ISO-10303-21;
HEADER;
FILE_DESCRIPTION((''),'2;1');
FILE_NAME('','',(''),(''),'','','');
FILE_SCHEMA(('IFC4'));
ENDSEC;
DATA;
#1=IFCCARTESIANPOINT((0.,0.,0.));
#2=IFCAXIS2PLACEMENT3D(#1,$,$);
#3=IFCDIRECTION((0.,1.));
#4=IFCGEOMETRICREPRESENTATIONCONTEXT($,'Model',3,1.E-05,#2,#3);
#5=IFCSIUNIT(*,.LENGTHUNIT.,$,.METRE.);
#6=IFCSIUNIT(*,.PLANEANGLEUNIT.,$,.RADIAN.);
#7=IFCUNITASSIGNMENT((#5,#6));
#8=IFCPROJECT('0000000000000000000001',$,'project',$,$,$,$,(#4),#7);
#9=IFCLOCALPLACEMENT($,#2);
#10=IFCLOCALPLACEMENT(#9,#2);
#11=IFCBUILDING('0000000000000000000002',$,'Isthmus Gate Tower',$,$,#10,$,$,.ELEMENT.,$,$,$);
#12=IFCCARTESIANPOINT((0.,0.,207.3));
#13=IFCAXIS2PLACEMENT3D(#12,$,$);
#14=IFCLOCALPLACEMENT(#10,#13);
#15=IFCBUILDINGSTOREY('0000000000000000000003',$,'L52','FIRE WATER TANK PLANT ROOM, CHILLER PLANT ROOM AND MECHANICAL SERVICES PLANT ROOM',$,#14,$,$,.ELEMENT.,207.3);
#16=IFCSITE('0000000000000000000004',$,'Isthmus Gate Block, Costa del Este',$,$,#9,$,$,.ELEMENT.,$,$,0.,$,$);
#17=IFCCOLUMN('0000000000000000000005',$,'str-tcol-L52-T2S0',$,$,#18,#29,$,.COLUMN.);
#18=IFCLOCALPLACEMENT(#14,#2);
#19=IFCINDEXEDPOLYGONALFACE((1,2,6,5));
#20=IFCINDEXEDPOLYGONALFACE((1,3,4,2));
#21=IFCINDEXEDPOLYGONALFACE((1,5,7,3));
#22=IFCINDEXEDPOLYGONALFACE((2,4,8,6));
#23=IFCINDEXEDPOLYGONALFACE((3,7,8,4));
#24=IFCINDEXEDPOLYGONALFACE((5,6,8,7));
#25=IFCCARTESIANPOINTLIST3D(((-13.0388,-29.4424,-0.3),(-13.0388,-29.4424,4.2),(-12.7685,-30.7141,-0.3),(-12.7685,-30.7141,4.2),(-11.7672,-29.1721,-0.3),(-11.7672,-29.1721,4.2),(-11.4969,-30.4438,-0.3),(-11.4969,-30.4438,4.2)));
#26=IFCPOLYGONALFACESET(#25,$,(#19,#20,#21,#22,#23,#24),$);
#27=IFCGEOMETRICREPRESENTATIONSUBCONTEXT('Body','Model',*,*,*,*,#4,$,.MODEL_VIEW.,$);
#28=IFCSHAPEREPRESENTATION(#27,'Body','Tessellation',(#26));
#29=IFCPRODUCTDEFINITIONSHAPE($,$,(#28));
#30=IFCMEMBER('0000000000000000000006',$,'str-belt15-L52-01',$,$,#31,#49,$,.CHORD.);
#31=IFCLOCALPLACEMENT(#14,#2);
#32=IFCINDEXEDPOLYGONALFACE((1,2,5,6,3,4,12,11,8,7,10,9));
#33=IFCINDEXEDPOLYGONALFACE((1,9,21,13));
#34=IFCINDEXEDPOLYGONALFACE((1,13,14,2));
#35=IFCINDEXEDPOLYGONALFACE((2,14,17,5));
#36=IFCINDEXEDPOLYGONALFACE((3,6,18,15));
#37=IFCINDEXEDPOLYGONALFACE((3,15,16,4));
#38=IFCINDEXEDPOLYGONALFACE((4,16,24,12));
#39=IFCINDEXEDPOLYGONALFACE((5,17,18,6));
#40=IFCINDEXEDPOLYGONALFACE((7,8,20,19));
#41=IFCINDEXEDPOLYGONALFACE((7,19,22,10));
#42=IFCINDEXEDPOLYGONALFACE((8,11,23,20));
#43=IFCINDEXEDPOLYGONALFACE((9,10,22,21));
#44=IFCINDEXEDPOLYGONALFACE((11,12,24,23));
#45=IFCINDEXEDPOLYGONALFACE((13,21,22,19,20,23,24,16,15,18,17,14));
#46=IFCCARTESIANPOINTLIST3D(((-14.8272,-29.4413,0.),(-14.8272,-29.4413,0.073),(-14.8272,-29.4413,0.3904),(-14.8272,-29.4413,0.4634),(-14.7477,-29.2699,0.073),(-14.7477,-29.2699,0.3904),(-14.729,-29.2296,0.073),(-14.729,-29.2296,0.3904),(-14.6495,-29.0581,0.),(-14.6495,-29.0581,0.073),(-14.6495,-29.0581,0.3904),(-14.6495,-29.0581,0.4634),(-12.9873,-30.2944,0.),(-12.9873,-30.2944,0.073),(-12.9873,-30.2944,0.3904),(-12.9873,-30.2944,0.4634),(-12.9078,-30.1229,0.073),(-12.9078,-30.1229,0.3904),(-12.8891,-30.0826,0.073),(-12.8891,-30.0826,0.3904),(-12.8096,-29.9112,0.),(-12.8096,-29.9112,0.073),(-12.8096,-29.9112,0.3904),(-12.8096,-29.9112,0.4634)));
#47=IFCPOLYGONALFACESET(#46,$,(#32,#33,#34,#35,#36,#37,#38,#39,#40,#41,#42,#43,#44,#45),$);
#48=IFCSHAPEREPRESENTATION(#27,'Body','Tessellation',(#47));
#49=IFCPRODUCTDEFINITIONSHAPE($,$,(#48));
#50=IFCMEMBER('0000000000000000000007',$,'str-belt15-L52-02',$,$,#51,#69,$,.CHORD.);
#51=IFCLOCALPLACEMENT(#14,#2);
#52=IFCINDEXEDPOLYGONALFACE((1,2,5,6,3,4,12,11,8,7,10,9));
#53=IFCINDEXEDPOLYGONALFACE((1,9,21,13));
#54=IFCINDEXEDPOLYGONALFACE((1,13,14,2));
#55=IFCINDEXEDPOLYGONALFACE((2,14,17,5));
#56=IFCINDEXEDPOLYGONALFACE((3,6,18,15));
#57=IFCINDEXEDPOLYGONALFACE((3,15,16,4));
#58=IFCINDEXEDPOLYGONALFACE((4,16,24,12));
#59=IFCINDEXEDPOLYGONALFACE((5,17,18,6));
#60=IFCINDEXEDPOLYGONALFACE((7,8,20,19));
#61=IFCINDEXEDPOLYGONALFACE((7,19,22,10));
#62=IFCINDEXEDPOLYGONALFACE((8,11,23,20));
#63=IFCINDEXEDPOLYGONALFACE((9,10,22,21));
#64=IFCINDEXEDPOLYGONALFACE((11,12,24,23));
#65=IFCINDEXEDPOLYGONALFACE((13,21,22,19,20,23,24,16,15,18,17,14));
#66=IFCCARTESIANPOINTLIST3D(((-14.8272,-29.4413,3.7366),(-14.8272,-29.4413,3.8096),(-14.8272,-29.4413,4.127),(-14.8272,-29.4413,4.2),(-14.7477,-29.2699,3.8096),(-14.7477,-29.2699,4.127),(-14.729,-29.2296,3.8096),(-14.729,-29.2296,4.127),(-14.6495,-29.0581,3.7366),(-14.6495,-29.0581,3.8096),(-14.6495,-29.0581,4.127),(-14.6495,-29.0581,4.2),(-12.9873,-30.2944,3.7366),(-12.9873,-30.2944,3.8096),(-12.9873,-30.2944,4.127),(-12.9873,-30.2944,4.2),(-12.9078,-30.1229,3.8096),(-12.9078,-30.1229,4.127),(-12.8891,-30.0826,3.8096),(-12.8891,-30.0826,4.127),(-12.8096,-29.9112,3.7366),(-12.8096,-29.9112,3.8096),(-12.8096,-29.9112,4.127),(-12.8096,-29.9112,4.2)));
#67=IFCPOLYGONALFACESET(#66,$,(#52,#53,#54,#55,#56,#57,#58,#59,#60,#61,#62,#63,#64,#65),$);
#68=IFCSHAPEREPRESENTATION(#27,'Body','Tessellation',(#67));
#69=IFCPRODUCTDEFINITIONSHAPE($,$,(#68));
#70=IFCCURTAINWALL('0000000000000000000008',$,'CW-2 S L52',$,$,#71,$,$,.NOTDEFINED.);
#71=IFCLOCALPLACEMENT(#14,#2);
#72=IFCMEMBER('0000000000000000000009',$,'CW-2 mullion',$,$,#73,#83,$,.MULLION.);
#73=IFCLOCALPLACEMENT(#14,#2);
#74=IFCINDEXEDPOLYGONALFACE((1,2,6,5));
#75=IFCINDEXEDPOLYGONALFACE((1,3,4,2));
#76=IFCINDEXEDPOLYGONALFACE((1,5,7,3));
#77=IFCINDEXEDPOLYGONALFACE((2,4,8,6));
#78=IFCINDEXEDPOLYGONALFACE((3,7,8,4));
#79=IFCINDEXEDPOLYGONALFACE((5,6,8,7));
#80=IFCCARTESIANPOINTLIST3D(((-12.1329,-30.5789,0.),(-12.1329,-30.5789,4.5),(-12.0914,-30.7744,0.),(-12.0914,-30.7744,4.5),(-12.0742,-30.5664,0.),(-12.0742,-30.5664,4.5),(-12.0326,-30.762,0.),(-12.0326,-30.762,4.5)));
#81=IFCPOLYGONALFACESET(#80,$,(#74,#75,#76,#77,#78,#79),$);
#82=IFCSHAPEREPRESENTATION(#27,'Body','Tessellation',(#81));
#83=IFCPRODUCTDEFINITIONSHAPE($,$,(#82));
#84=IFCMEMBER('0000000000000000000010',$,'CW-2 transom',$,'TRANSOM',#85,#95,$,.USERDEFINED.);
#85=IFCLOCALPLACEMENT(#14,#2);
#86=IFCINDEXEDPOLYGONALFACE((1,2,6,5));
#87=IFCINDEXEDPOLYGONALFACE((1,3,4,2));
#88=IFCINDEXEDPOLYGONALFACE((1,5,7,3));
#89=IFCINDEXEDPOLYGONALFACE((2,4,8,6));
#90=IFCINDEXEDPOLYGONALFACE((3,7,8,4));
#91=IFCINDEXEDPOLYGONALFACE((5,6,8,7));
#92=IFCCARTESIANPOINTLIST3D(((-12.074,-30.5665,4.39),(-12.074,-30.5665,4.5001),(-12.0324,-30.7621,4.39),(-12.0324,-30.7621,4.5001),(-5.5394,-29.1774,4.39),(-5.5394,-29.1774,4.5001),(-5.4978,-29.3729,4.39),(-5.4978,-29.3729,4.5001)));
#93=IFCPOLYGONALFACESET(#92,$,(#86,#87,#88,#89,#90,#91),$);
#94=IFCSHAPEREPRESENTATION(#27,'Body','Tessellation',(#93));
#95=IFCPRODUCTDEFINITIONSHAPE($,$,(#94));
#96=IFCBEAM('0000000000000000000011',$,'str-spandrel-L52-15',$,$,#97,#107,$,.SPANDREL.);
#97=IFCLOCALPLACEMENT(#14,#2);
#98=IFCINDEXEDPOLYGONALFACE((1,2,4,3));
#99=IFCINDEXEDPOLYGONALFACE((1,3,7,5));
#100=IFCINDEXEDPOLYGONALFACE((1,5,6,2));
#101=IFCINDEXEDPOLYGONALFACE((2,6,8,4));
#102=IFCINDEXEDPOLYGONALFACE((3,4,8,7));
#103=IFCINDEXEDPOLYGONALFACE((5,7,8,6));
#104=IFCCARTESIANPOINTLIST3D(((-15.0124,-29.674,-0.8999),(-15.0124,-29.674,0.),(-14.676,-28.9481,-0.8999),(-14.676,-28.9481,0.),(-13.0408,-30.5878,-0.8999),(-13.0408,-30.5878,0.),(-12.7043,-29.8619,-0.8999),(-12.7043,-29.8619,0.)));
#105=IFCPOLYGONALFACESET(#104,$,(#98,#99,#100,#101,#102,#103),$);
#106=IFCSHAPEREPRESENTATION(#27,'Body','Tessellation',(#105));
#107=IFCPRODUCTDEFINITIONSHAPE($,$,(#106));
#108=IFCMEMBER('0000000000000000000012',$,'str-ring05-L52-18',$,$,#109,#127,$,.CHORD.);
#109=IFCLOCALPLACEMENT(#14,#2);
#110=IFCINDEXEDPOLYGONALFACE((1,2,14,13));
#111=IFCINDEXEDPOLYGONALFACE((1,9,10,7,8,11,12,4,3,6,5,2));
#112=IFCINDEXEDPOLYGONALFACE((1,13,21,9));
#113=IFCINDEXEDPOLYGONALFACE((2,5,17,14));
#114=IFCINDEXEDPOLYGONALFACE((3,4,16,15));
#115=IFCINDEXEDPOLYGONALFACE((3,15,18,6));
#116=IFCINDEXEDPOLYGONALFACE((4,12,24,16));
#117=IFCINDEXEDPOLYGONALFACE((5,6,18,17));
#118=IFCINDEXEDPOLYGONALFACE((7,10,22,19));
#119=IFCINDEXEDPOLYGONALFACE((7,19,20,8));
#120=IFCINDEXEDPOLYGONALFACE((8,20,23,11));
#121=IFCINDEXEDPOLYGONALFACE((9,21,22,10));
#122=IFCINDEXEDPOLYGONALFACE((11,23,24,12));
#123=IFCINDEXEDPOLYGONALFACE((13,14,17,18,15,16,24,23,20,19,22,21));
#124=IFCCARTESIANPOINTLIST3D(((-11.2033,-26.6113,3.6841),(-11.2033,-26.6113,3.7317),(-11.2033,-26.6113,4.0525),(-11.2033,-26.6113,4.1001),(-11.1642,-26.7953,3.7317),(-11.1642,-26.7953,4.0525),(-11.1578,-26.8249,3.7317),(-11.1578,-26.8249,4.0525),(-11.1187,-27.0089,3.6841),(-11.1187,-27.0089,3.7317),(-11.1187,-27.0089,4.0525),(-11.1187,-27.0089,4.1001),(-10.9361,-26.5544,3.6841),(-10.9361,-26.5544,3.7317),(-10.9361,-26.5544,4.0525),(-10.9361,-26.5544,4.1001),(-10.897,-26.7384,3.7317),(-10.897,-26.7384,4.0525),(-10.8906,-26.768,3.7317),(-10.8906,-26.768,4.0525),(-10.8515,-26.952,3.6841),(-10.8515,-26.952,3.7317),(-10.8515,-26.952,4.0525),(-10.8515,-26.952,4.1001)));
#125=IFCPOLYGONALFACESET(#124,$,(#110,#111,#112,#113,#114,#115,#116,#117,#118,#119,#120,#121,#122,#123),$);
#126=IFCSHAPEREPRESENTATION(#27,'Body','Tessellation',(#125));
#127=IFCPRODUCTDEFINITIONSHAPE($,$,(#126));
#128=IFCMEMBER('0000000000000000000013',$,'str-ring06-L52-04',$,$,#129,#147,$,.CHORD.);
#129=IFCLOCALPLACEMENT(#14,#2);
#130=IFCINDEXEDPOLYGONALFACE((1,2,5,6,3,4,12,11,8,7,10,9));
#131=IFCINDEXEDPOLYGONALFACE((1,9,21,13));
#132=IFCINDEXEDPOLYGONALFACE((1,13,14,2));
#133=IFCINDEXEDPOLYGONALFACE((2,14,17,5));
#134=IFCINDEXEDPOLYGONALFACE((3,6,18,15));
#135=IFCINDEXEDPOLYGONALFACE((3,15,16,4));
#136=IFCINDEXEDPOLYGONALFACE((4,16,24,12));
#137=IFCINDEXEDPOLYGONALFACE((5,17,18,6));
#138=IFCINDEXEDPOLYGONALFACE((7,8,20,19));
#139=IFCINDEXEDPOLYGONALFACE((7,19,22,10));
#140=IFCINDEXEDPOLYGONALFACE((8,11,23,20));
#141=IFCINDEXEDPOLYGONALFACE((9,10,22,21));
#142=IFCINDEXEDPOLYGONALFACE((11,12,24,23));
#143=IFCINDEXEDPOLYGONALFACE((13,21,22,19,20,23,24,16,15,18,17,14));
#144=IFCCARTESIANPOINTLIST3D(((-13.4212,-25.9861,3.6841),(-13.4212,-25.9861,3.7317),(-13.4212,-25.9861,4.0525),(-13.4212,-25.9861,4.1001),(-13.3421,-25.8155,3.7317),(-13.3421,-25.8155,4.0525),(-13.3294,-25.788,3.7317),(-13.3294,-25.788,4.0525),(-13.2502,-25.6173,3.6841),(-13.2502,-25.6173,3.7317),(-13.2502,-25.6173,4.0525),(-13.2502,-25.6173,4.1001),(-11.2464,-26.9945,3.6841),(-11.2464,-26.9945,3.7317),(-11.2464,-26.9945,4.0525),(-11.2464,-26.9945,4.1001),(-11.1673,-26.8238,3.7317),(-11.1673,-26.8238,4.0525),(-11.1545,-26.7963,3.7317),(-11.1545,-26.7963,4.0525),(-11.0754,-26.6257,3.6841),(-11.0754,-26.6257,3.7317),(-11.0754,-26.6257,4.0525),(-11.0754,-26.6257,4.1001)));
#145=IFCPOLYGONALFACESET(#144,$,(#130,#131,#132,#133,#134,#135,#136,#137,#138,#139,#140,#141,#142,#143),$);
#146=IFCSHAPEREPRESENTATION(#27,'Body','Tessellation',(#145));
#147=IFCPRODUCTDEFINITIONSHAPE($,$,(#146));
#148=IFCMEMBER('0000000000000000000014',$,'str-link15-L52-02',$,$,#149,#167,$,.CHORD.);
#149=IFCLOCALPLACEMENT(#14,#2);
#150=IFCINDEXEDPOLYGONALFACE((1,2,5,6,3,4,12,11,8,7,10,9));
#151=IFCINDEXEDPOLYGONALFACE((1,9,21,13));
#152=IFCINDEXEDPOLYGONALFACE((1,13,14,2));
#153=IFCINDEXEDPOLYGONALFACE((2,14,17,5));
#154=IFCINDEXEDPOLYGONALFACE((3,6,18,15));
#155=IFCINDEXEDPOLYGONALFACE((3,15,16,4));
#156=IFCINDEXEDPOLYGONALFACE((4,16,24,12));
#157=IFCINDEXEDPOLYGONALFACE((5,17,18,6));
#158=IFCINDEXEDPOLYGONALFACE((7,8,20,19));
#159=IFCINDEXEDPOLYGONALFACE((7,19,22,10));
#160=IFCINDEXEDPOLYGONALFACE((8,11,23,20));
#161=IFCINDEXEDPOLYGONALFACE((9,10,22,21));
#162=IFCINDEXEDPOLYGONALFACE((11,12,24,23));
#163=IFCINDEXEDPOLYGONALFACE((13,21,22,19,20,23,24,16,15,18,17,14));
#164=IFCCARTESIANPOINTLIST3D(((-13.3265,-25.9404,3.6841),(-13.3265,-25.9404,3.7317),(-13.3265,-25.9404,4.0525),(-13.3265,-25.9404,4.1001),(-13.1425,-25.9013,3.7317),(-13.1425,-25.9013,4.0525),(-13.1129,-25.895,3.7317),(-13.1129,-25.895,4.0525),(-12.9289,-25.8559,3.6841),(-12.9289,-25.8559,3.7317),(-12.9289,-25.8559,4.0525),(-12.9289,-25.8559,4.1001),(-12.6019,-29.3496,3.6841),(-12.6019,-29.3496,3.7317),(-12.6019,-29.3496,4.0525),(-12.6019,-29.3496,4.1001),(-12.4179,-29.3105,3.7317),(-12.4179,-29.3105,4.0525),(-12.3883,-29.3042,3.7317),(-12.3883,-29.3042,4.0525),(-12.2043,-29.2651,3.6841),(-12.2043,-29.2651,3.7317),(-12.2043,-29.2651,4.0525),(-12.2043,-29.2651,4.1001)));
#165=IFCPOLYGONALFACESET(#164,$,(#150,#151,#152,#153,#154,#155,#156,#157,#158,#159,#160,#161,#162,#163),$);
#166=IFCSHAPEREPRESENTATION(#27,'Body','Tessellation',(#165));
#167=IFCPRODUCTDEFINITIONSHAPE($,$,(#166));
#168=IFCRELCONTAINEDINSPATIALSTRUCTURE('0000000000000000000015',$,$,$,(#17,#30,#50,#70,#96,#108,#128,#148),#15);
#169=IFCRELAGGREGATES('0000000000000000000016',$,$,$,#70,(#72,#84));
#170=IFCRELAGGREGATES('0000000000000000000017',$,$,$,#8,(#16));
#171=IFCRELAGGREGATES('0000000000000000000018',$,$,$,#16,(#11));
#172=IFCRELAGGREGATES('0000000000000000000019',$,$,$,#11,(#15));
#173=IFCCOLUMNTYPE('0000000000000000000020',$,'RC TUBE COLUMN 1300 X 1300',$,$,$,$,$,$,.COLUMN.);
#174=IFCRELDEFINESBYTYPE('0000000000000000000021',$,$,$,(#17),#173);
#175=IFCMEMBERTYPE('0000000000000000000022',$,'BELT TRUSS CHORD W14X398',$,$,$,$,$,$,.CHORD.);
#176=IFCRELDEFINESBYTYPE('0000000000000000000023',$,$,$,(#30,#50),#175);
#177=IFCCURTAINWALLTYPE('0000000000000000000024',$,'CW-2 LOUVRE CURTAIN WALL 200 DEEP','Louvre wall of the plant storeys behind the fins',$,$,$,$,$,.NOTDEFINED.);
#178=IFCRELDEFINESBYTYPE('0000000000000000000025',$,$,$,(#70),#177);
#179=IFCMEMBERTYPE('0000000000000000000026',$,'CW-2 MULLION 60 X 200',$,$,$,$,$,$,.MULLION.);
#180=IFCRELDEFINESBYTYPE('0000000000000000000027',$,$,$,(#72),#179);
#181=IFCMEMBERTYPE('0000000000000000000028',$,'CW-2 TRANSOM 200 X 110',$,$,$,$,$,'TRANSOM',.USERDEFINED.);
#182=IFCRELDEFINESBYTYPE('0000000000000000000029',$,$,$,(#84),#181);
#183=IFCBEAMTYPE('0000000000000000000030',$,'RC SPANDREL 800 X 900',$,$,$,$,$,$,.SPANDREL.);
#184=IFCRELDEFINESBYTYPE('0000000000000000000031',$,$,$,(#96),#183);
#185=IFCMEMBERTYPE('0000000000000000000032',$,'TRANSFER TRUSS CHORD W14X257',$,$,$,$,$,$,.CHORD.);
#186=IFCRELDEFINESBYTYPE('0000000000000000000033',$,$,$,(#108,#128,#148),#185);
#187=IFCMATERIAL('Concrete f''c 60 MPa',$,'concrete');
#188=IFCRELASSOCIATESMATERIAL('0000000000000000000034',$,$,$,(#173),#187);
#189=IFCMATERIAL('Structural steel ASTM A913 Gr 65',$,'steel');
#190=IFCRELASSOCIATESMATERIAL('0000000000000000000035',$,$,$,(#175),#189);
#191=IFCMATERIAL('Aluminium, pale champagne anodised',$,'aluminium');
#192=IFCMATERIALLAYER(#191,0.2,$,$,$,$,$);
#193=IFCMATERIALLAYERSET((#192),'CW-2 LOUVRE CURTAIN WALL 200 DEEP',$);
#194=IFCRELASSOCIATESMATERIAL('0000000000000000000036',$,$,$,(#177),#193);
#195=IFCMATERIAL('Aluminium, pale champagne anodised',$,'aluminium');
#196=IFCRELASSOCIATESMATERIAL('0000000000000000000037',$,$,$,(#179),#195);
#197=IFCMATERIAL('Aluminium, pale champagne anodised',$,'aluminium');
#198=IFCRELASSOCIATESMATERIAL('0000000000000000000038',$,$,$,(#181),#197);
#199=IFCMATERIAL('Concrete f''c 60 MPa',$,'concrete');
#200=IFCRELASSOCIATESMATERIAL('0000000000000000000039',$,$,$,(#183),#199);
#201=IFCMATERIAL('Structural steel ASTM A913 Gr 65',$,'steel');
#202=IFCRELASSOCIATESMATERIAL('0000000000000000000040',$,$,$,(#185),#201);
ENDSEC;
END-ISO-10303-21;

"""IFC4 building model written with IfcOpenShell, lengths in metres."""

from ifc_helpers import new_model, si_unit, direction, frame, origin, origin_2d, place, context, subcontext, project, spatial, rectangle, i_section, extrude, material, layer, layer_set, material_profile, profile_set, type_object, element, aggregate, save


model = new_model("IFC4")

# Units and contexts
model_context = context("Model", 3, precision=1e-05, world=origin(), true_north=direction((0.0, 1.0)))
body_context = subcontext(model_context, "Body", "Model", "MODEL_VIEW")
ifc_project = project(units=[si_unit("LENGTHUNIT", "METRE"), si_unit("PLANEANGLEUNIT", "RADIAN")], contexts=[model_context])

# Site, building, storey
site_placement = place(None, origin())
site = spatial("IfcSite", under=ifc_project, at=site_placement, Name="Isthmus Gate Block, Costa del Este", CompositionType="ELEMENT", RefElevation=0.0)
building_placement = place(site_placement, origin())
building = spatial("IfcBuilding", under=site, at=building_placement, Name="Isthmus Gate Tower", CompositionType="ELEMENT")
storey_placement = place(building_placement, frame((0.0, 0.0, 207.3)))
storey = spatial("IfcBuildingStorey", under=building, at=storey_placement, Name="L52", Description="FIRE WATER TANK PLANT ROOM, CHILLER PLANT ROOM AND MECHANICAL SERVICES PLANT ROOM", CompositionType="ELEMENT", Elevation=207.3)

# Column
ifc_material_1 = material(Name="Concrete f'c 60 MPa", Category="concrete")
ifc_material_profile_1 = material_profile(ifc_material_1, rectangle(XDim=1.3, YDim=1.3, at=origin_2d()), Name="RC 1300X1300")
ifc_profile_set_1 = profile_set([ifc_material_profile_1], Name="Concrete f'c 60 MPa")
column_type = type_object("IfcColumnType", Name="RC TUBE COLUMN 1300 X 1300", PredefinedType="COLUMN", material=ifc_profile_set_1)
column_placement = place(storey_placement, frame((-12.2678, -29.9431, -0.3), z_axis=(0.0, 0.0, 1.0), x_axis=(0.978148, 0.207912, 0.0)))
element("IfcColumn", 1, at=column_placement, inside=storey, type_object=column_type, Name="str-tcol-L52-T2S0", PredefinedType="COLUMN", context=body_context, shape_type="SweptSolid", body=[
    extrude(rectangle(XDim=1.3, YDim=1.3, at=origin_2d()), origin(), (0.0, 0.0, 1.0), 4.5),
])

# Members
ifc_material_2 = material(Name="Structural steel ASTM A913 Gr 65", Category="steel")
ifc_material_profile_2 = material_profile(ifc_material_2, i_section(OverallWidth=0.4224, OverallDepth=0.4634, WebThickness=0.0444, FlangeThickness=0.073, at=origin_2d()), Name="W14X398")
ifc_profile_set_2 = profile_set([ifc_material_profile_2], Name="Structural steel ASTM A913 Gr 65")
member_type_1 = type_object("IfcMemberType", Name="BELT TRUSS CHORD W14X398", PredefinedType="CHORD", material=ifc_profile_set_2)
for number, where, z_axis, x_axis, name in (
    (2, (-12.8984, -30.1028, 0.2317), (-0.907232, 0.42063, 0.0), (-0.42063, -0.907232, 0.0), "str-belt15-L52-01"),
    (3, (-12.8984, -30.1028, 3.9683), (-0.907232, 0.42063, 0.0), (-0.42063, -0.907232, 0.0), "str-belt15-L52-02"),
):
    element("IfcMember", number, at=place(storey_placement, frame(where, z_axis=z_axis, x_axis=x_axis)), inside=storey, type_object=member_type_1, Name=name, PredefinedType="CHORD", context=body_context, shape_type="SweptSolid", body=[
        extrude(i_section(OverallWidth=0.4224, OverallDepth=0.4634, WebThickness=0.0444, FlangeThickness=0.073, at=origin_2d()), origin(), (0.0, 0.0, 1.0), 2.0281),
    ])

# Curtain wall, members
ifc_material_3 = material(Name="Aluminium, pale champagne anodised", Category="aluminium")
ifc_layer_1 = layer(ifc_material_3, 0.2)
ifc_layer_set_1 = layer_set([ifc_layer_1], Name="CW-2 LOUVRE CURTAIN WALL 200 DEEP")
curtain_wall_type = type_object("IfcCurtainWallType", Name="CW-2 LOUVRE CURTAIN WALL 200 DEEP", Description="Louvre wall of the plant storeys behind the fins", PredefinedType="NOTDEFINED", material=ifc_layer_set_1)
curtain_wall_placement = place(storey_placement, origin())
curtain_wall = element("IfcCurtainWall", 4, at=curtain_wall_placement, inside=storey, type_object=curtain_wall_type, Name="CW-2 S L52", PredefinedType="NOTDEFINED")
ifc_material_4 = material(Name="Aluminium, pale champagne anodised", Category="aluminium")
ifc_material_profile_3 = material_profile(ifc_material_4, rectangle(XDim=0.0601, YDim=0.2, at=origin_2d()), Name="60x200")
ifc_profile_set_3 = profile_set([ifc_material_profile_3], Name="Aluminium, pale champagne anodised")
member_type_2 = type_object("IfcMemberType", Name="CW-2 MULLION 60 X 200", PredefinedType="MULLION", material=ifc_profile_set_3)
member_1_placement = place(storey_placement, frame((-12.0828, -30.6704, 0.0), z_axis=(0.0, 0.0, 1.0), x_axis=(0.978148, 0.207912, 0.0)))
member_1 = element("IfcMember", 5, at=member_1_placement, type_object=member_type_2, Name="CW-2 mullion", PredefinedType="MULLION", context=body_context, shape_type="SweptSolid", body=[
    extrude(rectangle(XDim=0.0601, YDim=0.2, at=origin_2d()), origin(), (0.0, 0.0, 1.0), 4.5),
])
ifc_material_5 = material(Name="Aluminium, pale champagne anodised", Category="aluminium")
ifc_material_profile_4 = material_profile(ifc_material_5, rectangle(XDim=0.2, YDim=0.1101, at=origin_2d()), Name="200x110")
ifc_profile_set_4 = profile_set([ifc_material_profile_4], Name="Aluminium, pale champagne anodised")
member_type_3 = type_object("IfcMemberType", Name="CW-2 TRANSOM 200 X 110", ElementType="TRANSOM", PredefinedType="USERDEFINED", material=ifc_profile_set_4)
member_2_placement = place(storey_placement, frame((-12.0532, -30.6643, 4.4451), z_axis=(0.978142, 0.207937, 0.0), x_axis=(-0.207937, 0.978142, 0.0)))
member_2 = element("IfcMember", 6, at=member_2_placement, type_object=member_type_3, Name="CW-2 transom", ObjectType="TRANSOM", PredefinedType="USERDEFINED", context=body_context, shape_type="SweptSolid", body=[
    extrude(rectangle(XDim=0.2, YDim=0.1101, at=origin_2d()), origin(), (0.0, 0.0, 1.0), 6.6807),
])
aggregate(curtain_wall, [member_1, member_2])

# Beam
ifc_material_6 = material(Name="Concrete f'c 60 MPa", Category="concrete")
ifc_material_profile_5 = material_profile(ifc_material_6, rectangle(XDim=0.8, YDim=0.8999, at=origin_2d()), Name="RC 800X900")
ifc_profile_set_5 = profile_set([ifc_material_profile_5], Name="Concrete f'c 60 MPa")
beam_type = type_object("IfcBeamType", Name="RC SPANDREL 800 X 900", PredefinedType="SPANDREL", material=ifc_profile_set_5)
beam_placement = place(storey_placement, frame((-12.8726, -30.2249, -0.45), z_axis=(-0.907291, 0.420504, 0.0), x_axis=(-0.420504, -0.907291, 0.0)))
element("IfcBeam", 7, at=beam_placement, inside=storey, type_object=beam_type, Name="str-spandrel-L52-15", PredefinedType="SPANDREL", context=body_context, shape_type="SweptSolid", body=[
    extrude(rectangle(XDim=0.8, YDim=0.8999, at=origin_2d()), origin(), (0.0, 0.0, 1.0), 2.1731),
])

# Members
ifc_material_7 = material(Name="Structural steel ASTM A913 Gr 65", Category="steel")
ifc_material_profile_6 = material_profile(ifc_material_7, i_section(OverallWidth=0.4065, OverallDepth=0.416, WebThickness=0.0303, FlangeThickness=0.0476, at=origin_2d()), Name="W14X257")
ifc_profile_set_6 = profile_set([ifc_material_profile_6], Name="Structural steel ASTM A913 Gr 65")
member_type_4 = type_object("IfcMemberType", Name="TRANSFER TRUSS CHORD W14X257", PredefinedType="CHORD", material=ifc_profile_set_6)
member_3_placement = place(storey_placement, frame((-10.8938, -26.7532, 3.8921), z_axis=(-0.978063, -0.208308, 0.0), x_axis=(0.208308, -0.978063, 0.0)))
element("IfcMember", 8, at=member_3_placement, inside=storey, type_object=member_type_4, Name="str-ring05-L52-18", PredefinedType="CHORD", context=body_context, shape_type="SweptSolid", body=[
    extrude(i_section(OverallWidth=0.4065, OverallDepth=0.416, WebThickness=0.0303, FlangeThickness=0.0476, at=origin_2d()), origin(), (0.0, 0.0, 1.0), 0.2732),
])
member_4_placement = place(storey_placement, frame((-11.1609, -26.8101, 3.8921), z_axis=(-0.907237, 0.420621, 0.0), x_axis=(-0.420621, -0.907237, 0.0)))
element("IfcMember", 9, at=member_4_placement, inside=storey, type_object=member_type_4, Name="str-ring06-L52-04", PredefinedType="CHORD", context=body_context, shape_type="SweptSolid", body=[
    extrude(i_section(OverallWidth=0.4065, OverallDepth=0.416, WebThickness=0.0303, FlangeThickness=0.0476, at=origin_2d()), origin(), (0.0, 0.0, 1.0), 2.3972),
])
member_5_placement = place(storey_placement, frame((-12.4031, -29.3074, 3.8921), z_axis=(-0.207902, 0.97815, 0.0), x_axis=(-0.97815, -0.207902, 0.0)))
element("IfcMember", 10, at=member_5_placement, inside=storey, type_object=member_type_4, Name="str-link15-L52-02", PredefinedType="CHORD", context=body_context, shape_type="SweptSolid", body=[
    extrude(i_section(OverallWidth=0.4065, OverallDepth=0.416, WebThickness=0.0303, FlangeThickness=0.0476, at=origin_2d()), origin(), (0.0, 0.0, 1.0), 3.4854),
])

save(model, "model.ifc")
